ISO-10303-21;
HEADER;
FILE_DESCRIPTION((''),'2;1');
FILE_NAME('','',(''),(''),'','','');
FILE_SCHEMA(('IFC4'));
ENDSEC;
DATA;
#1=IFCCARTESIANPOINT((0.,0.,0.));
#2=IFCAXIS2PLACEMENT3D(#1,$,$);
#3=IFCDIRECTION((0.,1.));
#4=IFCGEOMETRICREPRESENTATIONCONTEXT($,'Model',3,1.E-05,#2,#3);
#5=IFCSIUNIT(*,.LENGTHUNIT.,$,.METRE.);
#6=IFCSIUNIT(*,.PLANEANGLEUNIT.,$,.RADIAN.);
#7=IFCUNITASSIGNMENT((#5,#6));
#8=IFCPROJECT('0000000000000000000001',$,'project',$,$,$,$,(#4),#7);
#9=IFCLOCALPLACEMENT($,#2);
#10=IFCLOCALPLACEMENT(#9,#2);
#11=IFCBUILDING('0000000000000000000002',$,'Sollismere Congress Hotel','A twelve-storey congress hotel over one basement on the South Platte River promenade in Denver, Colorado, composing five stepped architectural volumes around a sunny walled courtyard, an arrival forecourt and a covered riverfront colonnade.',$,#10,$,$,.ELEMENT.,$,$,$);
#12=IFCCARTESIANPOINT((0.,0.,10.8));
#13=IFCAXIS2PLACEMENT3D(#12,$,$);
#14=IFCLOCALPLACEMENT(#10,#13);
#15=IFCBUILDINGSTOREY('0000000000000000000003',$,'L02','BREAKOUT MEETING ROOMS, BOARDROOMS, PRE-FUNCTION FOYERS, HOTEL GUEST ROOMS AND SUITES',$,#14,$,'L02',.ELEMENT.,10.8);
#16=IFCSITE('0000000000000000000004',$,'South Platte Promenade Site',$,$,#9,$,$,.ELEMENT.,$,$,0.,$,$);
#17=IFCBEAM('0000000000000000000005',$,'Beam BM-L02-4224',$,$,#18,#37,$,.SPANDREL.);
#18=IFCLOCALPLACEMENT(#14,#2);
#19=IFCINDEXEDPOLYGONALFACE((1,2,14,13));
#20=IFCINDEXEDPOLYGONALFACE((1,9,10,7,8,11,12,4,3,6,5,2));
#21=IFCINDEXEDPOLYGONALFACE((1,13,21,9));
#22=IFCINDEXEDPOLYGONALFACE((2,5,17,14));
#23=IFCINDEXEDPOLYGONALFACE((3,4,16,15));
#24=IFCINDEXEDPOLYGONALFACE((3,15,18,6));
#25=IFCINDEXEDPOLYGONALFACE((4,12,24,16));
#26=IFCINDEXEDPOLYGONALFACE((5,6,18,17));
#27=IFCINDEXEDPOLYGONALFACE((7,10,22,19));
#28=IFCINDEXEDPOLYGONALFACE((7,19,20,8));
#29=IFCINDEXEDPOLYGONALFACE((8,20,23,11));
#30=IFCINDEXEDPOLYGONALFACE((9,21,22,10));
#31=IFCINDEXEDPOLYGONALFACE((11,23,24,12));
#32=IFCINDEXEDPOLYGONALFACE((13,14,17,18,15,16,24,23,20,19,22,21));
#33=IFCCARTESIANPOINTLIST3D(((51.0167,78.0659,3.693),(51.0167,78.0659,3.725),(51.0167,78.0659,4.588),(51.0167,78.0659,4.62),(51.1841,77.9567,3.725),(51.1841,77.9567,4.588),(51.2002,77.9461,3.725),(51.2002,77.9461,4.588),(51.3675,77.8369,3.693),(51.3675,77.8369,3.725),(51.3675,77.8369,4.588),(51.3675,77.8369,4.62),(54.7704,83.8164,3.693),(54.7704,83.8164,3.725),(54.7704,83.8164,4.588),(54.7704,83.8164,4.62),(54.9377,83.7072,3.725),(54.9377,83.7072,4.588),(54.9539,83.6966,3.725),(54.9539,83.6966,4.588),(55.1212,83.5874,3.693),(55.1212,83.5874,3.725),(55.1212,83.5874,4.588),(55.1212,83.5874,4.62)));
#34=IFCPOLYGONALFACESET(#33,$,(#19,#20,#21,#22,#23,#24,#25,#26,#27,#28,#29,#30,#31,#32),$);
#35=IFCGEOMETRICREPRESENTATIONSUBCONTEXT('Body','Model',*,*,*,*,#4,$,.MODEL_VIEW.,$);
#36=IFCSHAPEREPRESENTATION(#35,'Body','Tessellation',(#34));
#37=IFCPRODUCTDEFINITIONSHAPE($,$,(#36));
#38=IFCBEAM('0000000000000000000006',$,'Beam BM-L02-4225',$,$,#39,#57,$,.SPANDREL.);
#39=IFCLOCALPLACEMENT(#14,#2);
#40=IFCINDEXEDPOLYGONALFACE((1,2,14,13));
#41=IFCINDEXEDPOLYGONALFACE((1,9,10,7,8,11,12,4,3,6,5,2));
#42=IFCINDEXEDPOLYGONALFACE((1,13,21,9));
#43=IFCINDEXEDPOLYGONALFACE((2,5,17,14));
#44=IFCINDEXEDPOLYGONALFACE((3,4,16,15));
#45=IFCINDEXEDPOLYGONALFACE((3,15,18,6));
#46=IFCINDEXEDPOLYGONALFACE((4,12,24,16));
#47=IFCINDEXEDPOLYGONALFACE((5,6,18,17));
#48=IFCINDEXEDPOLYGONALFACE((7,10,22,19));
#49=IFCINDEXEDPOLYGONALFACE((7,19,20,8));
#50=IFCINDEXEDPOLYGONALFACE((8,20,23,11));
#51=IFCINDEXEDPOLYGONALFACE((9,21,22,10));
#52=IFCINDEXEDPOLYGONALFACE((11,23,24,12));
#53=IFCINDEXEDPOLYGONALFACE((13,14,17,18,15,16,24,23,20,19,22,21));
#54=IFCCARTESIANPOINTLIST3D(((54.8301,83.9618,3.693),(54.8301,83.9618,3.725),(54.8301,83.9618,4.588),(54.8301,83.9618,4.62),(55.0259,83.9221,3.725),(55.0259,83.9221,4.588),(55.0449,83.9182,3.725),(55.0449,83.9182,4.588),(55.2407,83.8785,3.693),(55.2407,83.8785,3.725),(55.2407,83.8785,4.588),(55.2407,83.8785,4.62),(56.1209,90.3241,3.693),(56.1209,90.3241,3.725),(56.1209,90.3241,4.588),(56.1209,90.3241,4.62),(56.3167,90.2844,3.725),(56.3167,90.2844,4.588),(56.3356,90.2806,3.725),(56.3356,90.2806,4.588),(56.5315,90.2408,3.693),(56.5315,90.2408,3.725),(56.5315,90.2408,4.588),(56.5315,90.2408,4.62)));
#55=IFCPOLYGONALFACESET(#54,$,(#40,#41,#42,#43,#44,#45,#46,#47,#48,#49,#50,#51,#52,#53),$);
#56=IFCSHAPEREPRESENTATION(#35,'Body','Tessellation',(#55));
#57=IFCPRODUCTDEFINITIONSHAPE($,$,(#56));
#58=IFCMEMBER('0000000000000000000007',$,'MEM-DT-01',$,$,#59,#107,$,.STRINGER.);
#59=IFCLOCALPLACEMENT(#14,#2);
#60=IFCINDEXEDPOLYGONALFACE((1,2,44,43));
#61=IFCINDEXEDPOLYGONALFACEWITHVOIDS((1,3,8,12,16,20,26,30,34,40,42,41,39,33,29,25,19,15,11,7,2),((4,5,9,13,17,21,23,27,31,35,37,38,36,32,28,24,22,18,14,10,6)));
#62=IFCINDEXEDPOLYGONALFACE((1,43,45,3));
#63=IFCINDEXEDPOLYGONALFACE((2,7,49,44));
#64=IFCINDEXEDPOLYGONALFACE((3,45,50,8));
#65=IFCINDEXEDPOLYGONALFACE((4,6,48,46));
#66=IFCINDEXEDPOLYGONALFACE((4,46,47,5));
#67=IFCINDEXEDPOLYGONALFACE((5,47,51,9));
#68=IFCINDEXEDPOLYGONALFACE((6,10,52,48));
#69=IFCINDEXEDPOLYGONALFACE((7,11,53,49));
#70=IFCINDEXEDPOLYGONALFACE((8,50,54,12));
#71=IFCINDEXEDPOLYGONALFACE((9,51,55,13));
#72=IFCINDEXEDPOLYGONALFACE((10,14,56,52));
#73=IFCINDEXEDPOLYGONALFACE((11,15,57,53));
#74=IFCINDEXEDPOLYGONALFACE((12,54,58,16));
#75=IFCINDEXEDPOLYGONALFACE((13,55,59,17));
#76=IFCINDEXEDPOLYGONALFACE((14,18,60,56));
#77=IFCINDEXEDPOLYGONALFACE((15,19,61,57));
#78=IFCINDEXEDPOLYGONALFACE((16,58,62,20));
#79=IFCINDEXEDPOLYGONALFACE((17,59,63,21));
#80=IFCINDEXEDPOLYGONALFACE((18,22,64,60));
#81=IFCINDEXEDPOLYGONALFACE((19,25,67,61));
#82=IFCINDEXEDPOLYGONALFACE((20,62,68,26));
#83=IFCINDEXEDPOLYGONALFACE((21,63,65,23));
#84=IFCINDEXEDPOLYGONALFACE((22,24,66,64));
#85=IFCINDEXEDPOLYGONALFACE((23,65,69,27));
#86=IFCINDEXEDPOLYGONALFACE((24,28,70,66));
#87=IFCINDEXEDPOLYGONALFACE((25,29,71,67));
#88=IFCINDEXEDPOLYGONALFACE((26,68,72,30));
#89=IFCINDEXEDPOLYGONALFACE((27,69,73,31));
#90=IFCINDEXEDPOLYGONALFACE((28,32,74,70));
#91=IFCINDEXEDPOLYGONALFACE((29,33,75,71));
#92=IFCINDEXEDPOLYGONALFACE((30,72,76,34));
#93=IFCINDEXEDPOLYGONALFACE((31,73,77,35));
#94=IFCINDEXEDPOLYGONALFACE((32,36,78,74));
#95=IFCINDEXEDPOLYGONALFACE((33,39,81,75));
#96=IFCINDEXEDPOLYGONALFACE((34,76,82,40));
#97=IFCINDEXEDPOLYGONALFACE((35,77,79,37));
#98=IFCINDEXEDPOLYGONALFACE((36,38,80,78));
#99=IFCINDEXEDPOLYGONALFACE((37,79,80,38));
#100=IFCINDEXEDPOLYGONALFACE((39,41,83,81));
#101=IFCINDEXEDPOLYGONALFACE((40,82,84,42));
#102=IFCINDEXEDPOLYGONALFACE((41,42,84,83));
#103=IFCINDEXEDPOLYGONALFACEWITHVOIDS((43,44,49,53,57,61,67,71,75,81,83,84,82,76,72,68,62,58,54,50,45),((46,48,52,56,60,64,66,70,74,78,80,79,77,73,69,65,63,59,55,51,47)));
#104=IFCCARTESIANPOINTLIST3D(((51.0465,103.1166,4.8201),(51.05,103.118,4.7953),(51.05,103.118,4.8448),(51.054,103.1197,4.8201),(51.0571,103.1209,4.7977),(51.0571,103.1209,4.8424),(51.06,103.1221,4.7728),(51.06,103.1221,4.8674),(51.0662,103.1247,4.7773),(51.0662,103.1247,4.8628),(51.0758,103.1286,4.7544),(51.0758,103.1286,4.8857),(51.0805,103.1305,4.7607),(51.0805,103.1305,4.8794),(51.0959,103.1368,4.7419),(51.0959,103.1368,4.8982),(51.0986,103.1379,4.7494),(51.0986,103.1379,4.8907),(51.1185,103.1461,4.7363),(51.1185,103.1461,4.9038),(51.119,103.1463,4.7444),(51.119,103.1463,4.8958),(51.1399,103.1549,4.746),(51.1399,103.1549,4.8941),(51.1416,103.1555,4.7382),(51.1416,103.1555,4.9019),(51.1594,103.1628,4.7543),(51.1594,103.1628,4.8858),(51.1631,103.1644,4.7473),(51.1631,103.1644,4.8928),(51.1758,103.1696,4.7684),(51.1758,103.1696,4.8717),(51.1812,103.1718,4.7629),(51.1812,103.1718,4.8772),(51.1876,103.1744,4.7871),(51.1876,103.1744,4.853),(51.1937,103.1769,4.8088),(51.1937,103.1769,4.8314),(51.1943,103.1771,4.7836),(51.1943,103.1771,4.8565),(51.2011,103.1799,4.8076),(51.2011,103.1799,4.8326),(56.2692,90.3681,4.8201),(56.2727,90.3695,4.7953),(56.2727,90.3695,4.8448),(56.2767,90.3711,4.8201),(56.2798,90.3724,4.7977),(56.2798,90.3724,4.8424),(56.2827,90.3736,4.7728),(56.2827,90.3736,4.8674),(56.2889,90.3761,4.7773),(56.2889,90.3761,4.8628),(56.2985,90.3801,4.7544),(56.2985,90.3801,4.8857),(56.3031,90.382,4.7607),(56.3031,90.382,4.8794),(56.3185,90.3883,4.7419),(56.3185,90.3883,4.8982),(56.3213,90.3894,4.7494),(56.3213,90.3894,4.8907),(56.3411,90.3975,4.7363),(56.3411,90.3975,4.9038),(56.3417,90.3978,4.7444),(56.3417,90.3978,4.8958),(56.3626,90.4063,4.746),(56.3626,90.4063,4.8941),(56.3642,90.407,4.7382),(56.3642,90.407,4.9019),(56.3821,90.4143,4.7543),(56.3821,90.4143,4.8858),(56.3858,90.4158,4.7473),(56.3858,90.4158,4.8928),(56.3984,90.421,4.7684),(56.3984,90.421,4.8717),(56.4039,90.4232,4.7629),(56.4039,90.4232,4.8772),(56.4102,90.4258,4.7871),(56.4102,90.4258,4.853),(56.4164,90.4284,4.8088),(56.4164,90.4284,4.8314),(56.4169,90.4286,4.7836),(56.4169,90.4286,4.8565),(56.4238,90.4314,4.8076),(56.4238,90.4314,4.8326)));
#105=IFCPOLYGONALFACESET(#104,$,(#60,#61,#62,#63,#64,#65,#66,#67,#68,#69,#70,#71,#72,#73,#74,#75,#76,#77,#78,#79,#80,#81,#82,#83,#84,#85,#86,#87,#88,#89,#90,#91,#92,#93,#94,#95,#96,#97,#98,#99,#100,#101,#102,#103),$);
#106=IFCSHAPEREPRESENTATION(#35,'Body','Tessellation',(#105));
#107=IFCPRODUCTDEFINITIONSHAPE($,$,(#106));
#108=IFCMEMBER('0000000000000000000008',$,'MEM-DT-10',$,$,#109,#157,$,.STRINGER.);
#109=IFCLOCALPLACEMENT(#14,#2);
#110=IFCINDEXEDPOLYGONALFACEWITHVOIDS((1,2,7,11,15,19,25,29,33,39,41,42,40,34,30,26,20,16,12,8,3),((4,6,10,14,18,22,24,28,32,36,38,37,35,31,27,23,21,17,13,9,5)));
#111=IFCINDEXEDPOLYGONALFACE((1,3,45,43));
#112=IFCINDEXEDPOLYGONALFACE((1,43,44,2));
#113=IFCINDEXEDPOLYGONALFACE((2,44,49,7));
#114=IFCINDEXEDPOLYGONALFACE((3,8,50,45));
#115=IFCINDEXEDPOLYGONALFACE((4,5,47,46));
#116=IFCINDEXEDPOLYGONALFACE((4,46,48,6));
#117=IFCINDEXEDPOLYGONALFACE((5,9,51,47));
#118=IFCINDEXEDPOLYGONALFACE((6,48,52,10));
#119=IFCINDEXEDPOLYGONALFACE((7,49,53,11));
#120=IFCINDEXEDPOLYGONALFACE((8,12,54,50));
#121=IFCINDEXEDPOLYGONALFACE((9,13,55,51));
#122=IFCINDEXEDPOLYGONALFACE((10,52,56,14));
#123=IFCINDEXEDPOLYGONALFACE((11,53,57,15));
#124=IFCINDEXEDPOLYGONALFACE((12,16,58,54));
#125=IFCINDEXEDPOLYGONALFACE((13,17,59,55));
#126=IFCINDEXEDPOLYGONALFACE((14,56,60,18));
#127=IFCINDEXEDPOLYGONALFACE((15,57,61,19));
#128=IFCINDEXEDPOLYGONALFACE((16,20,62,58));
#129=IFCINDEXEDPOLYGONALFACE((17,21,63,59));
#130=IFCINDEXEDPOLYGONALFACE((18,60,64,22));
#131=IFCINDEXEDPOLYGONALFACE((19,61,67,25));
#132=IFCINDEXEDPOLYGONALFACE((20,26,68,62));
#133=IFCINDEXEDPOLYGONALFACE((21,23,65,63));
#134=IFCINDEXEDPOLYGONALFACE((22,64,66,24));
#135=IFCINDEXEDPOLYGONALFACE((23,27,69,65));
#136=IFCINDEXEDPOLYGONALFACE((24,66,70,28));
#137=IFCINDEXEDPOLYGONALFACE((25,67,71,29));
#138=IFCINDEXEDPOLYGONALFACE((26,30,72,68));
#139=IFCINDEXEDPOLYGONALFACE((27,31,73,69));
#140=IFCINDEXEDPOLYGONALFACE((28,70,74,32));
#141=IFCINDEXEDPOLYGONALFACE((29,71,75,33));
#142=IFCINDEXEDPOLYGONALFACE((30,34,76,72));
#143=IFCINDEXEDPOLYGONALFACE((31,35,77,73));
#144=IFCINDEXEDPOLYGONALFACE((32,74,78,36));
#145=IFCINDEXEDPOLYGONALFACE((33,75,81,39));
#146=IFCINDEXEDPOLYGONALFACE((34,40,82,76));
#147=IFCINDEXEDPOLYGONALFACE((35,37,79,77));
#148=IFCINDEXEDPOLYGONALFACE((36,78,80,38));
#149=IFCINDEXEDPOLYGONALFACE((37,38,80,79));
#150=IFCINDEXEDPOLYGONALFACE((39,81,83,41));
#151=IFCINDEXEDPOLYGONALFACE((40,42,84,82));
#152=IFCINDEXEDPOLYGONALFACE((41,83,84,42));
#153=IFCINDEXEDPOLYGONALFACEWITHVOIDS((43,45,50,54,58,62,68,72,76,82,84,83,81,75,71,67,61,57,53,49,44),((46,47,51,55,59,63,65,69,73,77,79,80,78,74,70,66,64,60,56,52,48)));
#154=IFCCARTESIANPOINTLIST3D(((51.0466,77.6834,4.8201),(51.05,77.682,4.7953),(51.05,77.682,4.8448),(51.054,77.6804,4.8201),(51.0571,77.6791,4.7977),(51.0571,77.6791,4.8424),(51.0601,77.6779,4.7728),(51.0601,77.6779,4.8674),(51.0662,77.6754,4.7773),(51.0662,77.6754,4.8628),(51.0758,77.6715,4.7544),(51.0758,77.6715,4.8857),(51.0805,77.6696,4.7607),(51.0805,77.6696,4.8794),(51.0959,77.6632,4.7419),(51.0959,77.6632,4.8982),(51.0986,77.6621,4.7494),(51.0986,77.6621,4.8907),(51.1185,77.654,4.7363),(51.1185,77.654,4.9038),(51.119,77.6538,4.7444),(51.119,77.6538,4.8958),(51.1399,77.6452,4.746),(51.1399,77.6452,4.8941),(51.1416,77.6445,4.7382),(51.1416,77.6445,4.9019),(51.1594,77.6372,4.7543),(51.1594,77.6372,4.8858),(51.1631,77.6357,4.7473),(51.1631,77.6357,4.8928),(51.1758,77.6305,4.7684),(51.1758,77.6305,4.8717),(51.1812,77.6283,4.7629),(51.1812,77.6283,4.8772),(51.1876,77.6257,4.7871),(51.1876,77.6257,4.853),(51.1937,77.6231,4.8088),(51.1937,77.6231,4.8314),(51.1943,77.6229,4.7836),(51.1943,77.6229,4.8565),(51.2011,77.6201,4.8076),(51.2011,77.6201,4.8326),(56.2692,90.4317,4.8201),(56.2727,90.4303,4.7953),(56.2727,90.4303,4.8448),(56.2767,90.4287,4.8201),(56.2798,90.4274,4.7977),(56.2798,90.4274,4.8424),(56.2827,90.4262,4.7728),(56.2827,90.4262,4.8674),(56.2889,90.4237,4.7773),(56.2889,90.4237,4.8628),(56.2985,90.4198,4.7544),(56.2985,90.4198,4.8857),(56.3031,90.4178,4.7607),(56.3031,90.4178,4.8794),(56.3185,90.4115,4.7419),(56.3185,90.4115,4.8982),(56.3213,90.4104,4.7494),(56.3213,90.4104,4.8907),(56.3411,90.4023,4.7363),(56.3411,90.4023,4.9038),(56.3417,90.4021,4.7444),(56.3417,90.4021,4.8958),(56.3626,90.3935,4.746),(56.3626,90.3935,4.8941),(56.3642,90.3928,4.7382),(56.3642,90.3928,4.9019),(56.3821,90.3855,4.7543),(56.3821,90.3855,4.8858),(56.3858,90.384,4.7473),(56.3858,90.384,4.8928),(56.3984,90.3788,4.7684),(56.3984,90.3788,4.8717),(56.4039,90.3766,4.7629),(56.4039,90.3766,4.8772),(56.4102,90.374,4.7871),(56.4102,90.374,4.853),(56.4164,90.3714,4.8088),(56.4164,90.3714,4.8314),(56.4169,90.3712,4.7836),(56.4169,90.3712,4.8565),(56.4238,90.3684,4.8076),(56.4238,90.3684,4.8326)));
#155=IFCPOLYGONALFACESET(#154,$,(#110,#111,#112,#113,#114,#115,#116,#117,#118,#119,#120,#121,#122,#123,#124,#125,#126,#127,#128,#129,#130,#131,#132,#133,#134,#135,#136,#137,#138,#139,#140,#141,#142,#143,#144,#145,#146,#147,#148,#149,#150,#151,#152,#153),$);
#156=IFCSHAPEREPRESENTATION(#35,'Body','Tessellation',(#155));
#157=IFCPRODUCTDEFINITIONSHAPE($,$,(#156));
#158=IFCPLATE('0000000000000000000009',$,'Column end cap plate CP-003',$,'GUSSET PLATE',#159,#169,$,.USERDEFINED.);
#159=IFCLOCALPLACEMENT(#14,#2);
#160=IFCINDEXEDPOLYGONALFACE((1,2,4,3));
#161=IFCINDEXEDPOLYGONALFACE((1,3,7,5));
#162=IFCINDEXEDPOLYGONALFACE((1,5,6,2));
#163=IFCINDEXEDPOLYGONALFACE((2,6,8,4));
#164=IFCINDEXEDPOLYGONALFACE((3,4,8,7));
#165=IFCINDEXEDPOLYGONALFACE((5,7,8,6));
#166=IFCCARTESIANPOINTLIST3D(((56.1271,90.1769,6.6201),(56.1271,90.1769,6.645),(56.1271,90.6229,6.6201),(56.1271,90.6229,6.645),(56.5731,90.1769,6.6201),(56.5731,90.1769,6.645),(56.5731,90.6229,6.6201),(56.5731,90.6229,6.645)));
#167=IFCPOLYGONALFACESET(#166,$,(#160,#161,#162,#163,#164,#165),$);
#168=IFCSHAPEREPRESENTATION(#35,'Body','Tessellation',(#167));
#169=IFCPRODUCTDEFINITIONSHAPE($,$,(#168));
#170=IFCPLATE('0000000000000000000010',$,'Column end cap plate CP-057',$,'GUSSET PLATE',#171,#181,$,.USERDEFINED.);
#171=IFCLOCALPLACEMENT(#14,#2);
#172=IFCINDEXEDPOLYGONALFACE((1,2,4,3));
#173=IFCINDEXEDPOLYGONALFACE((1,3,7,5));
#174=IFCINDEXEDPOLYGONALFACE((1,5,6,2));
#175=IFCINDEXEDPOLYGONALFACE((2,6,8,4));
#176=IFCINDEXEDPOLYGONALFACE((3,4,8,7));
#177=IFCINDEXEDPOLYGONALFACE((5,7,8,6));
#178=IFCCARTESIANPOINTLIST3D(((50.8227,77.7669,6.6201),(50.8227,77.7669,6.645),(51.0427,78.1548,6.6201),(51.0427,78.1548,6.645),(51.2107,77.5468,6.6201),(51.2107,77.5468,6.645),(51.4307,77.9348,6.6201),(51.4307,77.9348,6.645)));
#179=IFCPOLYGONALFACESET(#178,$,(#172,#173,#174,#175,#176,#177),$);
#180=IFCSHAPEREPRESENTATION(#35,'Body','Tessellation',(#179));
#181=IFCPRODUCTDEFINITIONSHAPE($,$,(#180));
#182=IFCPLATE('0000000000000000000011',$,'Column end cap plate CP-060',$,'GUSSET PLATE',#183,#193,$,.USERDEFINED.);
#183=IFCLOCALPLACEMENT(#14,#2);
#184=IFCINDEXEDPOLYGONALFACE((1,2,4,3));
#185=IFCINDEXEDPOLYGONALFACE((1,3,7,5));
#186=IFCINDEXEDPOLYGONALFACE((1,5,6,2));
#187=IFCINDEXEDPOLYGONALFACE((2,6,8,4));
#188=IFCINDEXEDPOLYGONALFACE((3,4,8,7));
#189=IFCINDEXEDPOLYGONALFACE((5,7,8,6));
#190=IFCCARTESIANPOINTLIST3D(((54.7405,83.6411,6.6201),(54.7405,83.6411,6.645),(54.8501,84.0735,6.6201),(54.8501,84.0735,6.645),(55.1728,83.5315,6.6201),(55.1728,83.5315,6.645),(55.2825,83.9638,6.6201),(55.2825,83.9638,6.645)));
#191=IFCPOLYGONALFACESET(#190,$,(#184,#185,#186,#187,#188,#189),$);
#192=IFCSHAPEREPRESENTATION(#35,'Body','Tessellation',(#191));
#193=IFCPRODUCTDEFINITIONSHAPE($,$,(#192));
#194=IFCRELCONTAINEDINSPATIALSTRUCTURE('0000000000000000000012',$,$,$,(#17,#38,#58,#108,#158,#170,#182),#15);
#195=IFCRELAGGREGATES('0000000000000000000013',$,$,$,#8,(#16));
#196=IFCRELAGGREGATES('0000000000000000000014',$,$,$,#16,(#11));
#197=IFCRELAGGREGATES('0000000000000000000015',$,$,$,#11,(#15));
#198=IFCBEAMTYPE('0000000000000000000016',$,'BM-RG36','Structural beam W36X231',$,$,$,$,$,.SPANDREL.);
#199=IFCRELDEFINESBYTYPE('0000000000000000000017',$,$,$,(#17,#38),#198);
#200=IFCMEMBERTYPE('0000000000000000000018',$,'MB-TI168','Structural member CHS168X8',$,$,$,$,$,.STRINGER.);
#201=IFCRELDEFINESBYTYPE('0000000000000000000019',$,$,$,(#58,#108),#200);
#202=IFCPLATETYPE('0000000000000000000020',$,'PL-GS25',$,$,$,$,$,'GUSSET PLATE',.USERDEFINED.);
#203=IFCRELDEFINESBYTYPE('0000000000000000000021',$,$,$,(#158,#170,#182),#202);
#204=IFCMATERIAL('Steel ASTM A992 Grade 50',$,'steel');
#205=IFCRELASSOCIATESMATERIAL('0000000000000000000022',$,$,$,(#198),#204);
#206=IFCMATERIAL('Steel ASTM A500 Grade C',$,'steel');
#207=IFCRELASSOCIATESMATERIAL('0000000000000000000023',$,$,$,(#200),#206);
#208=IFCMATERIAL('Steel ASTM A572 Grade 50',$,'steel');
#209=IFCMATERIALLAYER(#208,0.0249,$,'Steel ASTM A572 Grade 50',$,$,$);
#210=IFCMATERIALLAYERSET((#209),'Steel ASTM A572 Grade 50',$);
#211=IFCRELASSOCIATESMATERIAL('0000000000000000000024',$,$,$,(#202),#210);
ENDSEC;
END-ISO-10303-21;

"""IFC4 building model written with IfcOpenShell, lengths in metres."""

from ifc_helpers import new_model, si_unit, direction, frame, origin, origin_2d, place, context, subcontext, project, spatial, rectangle, hollow_circle, i_section, extrude, material, layer, layer_set, material_profile, profile_set, type_object, element, save


model = new_model("IFC4")

# Units and contexts
model_context = context("Model", 3, precision=1e-05, world=origin(), true_north=direction((0.0, 1.0)))
body_context = subcontext(model_context, "Body", "Model", "MODEL_VIEW")
ifc_project = project(units=[si_unit("LENGTHUNIT", "METRE"), si_unit("PLANEANGLEUNIT", "RADIAN")], contexts=[model_context])

# Site, building, storey
site_placement = place(None, origin())
site = spatial("IfcSite", under=ifc_project, at=site_placement, Name="South Platte Promenade Site", CompositionType="ELEMENT", RefElevation=0.0)
building_placement = place(site_placement, origin())
building = spatial("IfcBuilding", under=site, at=building_placement, Name="Sollismere Congress Hotel", Description="A twelve-storey congress hotel over one basement on the South Platte River promenade in Denver, Colorado, composing five stepped architectural volumes around a sunny walled courtyard, an arrival forecourt and a covered riverfront colonnade.", CompositionType="ELEMENT")
storey_placement = place(building_placement, frame((0.0, 0.0, 10.8)))
storey = spatial("IfcBuildingStorey", under=building, at=storey_placement, Name="L02", Description="BREAKOUT MEETING ROOMS, BOARDROOMS, PRE-FUNCTION FOYERS, HOTEL GUEST ROOMS AND SUITES", LongName="L02", CompositionType="ELEMENT", Elevation=10.8)

# Shared definitions
ifc_material_1 = material(Name="Steel ASTM A500 Grade C", Category="steel")

# Beams
ifc_material_2 = material(Name="Steel ASTM A992 Grade 50", Category="steel")
ifc_material_profile_1 = material_profile(ifc_material_2, i_section(OverallWidth=0.4189, OverallDepth=0.927, WebThickness=0.0193, FlangeThickness=0.032, at=origin_2d()), Name="W36X231")
ifc_profile_set_1 = profile_set([ifc_material_profile_1], Name="Steel ASTM A992 Grade 50")
beam_type = type_object("IfcBeamType", Name="BM-RG36", Description="Structural beam W36X231", PredefinedType="SPANDREL", material=ifc_profile_set_1)
beam_1_placement = place(storey_placement, frame((51.1921, 77.9514, 4.1565), z_axis=(0.546609, 0.837388, 0.0), x_axis=(-0.837388, 0.546609, 0.0)))
element("IfcBeam", 1, at=beam_1_placement, inside=storey, type_object=beam_type, Name="Beam BM-L02-4224", PredefinedType="SPANDREL", context=body_context, shape_type="SweptSolid", body=[
    extrude(i_section(OverallWidth=0.4189, OverallDepth=0.927, WebThickness=0.0193, FlangeThickness=0.032, at=origin_2d()), origin(), (0.0, 0.0, 1.0), 6.8672),
])
beam_2_placement = place(storey_placement, frame((55.0354, 83.9202, 4.1565), z_axis=(0.198827, 0.980035, 0.0), x_axis=(-0.980035, 0.198827, 0.0)))
element("IfcBeam", 2, at=beam_2_placement, inside=storey, type_object=beam_type, Name="Beam BM-L02-4225", PredefinedType="SPANDREL", context=body_context, shape_type="SweptSolid", body=[
    extrude(i_section(OverallWidth=0.4189, OverallDepth=0.927, WebThickness=0.0193, FlangeThickness=0.032, at=origin_2d()), origin(), (0.0, 0.0, 1.0), 6.4919),
])

# Members
ifc_material_profile_2 = material_profile(ifc_material_1, hollow_circle(Radius=0.084, WallThickness=0.0081, at=origin_2d()), Name="CHS168X8")
ifc_profile_set_2 = profile_set([ifc_material_profile_2], Name="Steel ASTM A500 Grade C")
member_type = type_object("IfcMemberType", Name="MB-TI168", Description="Structural member CHS168X8", PredefinedType="STRINGER", material=ifc_profile_set_2)
member_1_placement = place(storey_placement, frame((56.3469, 90.3999, 4.8201), z_axis=(-0.37909, 0.92536, 0.0), x_axis=(-0.92536, -0.37909, 0.0)))
element("IfcMember", 3, at=member_1_placement, inside=storey, type_object=member_type, Name="MEM-DT-01", PredefinedType="STRINGER", context=body_context, shape_type="SweptSolid", body=[
    extrude(hollow_circle(Radius=0.084, WallThickness=0.0081, at=origin_2d()), origin(), (0.0, 0.0, 1.0), 13.7769),
])
member_2_placement = place(storey_placement, frame((51.1243, 77.6516, 4.8201), z_axis=(0.379096, 0.925357, 0.0), x_axis=(-0.925357, 0.379096, 0.0)))
element("IfcMember", 4, at=member_2_placement, inside=storey, type_object=member_type, Name="MEM-DT-10", PredefinedType="STRINGER", context=body_context, shape_type="SweptSolid", body=[
    extrude(hollow_circle(Radius=0.084, WallThickness=0.0081, at=origin_2d()), origin(), (0.0, 0.0, 1.0), 13.7766),
])

# Plates
ifc_material_3 = material(Name="Steel ASTM A572 Grade 50", Category="steel")
ifc_layer_1 = layer(ifc_material_3, 0.0249, Name="Steel ASTM A572 Grade 50")
ifc_layer_set_1 = layer_set([ifc_layer_1], Name="Steel ASTM A572 Grade 50")
plate_type = type_object("IfcPlateType", Name="PL-GS25", ElementType="GUSSET PLATE", PredefinedType="USERDEFINED", material=ifc_layer_set_1)
for number, where, z_axis, x_axis, name in (
    (5, (56.3501, 90.3999, 6.6201), (0.0, 0.0, 1.0), (1.0, 0.0, 0.0), "Column end cap plate CP-003"),
    (6, (51.1267, 77.8508, 6.6201), (0.0, 0.0, 1.0), (0.86984, -0.493335, 0.0), "Column end cap plate CP-057"),
    (7, (55.0115, 83.8025, 6.6201), (0.0, 0.0, 1.0), (0.969317, -0.245815, 0.0), "Column end cap plate CP-060"),
):
    element("IfcPlate", number, at=place(storey_placement, frame(where, z_axis=z_axis, x_axis=x_axis)), inside=storey, type_object=plate_type, Name=name, ObjectType="GUSSET PLATE", PredefinedType="USERDEFINED", context=body_context, shape_type="SweptSolid", body=[
        extrude(rectangle(XDim=0.446, YDim=0.446, at=origin_2d()), origin(), (0.0, 0.0, 1.0), 0.0249),
    ])

save(model, "model.ifc")
